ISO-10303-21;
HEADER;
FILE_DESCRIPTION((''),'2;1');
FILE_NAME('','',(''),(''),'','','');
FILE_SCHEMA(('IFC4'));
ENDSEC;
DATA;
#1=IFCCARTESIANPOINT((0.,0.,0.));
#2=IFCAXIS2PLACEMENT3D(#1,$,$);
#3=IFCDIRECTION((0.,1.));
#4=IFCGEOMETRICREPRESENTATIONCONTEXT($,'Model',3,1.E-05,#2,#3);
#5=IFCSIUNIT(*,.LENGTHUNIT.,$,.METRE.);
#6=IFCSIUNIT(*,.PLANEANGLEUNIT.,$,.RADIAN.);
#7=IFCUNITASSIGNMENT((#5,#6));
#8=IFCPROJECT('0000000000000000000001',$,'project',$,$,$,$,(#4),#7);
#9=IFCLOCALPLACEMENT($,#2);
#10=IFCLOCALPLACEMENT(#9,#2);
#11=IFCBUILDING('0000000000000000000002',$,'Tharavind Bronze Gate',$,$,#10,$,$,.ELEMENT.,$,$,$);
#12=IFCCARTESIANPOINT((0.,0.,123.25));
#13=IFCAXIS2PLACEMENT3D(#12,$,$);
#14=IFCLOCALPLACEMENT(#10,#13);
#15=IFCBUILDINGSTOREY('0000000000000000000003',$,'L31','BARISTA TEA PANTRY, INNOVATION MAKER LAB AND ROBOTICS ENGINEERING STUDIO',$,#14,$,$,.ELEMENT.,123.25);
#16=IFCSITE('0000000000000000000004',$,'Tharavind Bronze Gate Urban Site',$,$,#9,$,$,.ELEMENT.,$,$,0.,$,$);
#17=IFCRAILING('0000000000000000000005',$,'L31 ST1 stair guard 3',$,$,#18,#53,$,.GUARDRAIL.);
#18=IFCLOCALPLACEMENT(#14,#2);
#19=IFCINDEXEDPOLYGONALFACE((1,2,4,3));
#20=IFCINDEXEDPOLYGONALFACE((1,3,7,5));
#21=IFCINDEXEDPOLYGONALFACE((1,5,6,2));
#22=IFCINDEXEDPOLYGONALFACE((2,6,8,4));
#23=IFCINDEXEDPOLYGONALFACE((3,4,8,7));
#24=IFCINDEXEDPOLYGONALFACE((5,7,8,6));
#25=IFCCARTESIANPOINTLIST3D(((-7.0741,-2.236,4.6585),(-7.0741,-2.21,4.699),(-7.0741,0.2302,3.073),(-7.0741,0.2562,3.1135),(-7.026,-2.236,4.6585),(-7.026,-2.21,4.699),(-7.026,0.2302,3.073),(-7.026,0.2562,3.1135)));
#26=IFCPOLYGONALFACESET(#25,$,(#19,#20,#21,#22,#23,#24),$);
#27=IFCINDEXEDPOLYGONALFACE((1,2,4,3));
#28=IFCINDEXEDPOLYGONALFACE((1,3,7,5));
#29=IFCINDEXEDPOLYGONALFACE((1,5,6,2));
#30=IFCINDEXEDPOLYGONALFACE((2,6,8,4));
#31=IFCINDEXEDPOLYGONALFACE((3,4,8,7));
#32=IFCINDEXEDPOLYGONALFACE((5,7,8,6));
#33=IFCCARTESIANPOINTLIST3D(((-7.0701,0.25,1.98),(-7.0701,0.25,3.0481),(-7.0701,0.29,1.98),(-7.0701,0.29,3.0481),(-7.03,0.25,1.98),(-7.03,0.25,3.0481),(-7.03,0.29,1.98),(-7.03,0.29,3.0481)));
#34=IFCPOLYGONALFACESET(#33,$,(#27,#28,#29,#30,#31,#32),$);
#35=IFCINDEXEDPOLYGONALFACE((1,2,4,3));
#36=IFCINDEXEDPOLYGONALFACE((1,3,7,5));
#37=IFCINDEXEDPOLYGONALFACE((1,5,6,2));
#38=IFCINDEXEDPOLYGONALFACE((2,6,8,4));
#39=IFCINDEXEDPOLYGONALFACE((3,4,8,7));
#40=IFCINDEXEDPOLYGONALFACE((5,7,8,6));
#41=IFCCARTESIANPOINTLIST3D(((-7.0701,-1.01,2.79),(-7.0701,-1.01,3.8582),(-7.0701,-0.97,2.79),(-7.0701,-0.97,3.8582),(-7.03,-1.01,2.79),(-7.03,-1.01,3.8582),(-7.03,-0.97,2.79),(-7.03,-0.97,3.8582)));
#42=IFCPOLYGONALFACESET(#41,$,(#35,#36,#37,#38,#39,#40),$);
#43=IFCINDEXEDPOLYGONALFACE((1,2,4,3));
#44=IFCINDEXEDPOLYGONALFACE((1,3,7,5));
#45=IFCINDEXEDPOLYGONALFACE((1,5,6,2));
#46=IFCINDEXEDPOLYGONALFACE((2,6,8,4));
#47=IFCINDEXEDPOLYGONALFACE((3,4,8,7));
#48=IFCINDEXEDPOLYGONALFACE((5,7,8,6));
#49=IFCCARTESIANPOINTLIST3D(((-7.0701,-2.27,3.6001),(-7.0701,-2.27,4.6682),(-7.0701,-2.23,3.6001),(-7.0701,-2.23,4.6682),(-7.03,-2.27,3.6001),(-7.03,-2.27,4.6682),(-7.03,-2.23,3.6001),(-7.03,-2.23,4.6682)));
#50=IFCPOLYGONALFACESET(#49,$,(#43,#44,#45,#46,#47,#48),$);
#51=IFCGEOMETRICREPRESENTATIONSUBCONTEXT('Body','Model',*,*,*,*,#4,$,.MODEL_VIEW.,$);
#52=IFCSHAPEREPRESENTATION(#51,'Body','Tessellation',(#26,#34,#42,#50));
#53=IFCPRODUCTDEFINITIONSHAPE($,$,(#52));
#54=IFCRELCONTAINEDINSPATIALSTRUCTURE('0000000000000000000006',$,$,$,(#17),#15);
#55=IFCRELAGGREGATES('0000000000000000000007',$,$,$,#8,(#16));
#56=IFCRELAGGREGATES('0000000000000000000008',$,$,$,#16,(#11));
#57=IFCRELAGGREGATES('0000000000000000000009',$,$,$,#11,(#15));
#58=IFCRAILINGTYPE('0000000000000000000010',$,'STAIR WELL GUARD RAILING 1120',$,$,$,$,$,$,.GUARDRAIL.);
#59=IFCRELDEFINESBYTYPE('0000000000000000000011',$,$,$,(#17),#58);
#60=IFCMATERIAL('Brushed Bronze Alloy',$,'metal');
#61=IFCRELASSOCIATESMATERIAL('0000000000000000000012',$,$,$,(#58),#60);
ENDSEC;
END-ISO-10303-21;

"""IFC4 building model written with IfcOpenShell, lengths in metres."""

from ifc_helpers import new_model, si_unit, direction, frame, origin, origin_2d, place, context, subcontext, project, spatial, rectangle, extrude, material, type_object, element, save


model = new_model("IFC4")

# Units and contexts
model_context = context("Model", 3, precision=1e-05, world=origin(), true_north=direction((0.0, 1.0)))
body_context = subcontext(model_context, "Body", "Model", "MODEL_VIEW")
ifc_project = project(units=[si_unit("LENGTHUNIT", "METRE"), si_unit("PLANEANGLEUNIT", "RADIAN")], contexts=[model_context])

# Site, building, storey
site_placement = place(None, origin())
site = spatial("IfcSite", under=ifc_project, at=site_placement, Name="Tharavind Bronze Gate Urban Site", CompositionType="ELEMENT", RefElevation=0.0)
building_placement = place(site_placement, origin())
building = spatial("IfcBuilding", under=site, at=building_placement, Name="Tharavind Bronze Gate", CompositionType="ELEMENT")
storey_placement = place(building_placement, frame((0.0, 0.0, 123.25)))
storey = spatial("IfcBuildingStorey", under=building, at=storey_placement, Name="L31", Description="BARISTA TEA PANTRY, INNOVATION MAKER LAB AND ROBOTICS ENGINEERING STUDIO", CompositionType="ELEMENT", Elevation=123.25)

# Railing
ifc_material_1 = material(Name="Brushed Bronze Alloy", Category="metal")
railing_type_1 = type_object("IfcRailingType", Name="STAIR WELL GUARD RAILING 1120", PredefinedType="GUARDRAIL", material=ifc_material_1)
railing_1_placement = place(storey_placement, frame((-7.05, 0.27, 1.98)))
element("IfcRailing", 1, at=railing_1_placement, inside=storey, type_object=railing_type_1, Name="L31 ST1 stair guard 3", PredefinedType="GUARDRAIL", context=body_context, shape_type="SweptSolid", body=[
    extrude(rectangle(XDim=0.0481, YDim=0.0481, at=origin_2d()), frame((0.0, -0.0269, 1.1133), z_axis=(0.0, -0.841163, 0.540782), x_axis=(1.0, 0.0, 0.0)), (0.0, 0.0, 1.0), 2.9319),
    extrude(rectangle(XDim=0.04, YDim=0.04, at=origin_2d()), origin(), (0.0, 0.0, 1.0), 1.0681),
    extrude(rectangle(XDim=0.04, YDim=0.04, at=origin_2d()), frame((0.0, -1.26, 0.8101)), (0.0, 0.0, 1.0), 1.0681),
    extrude(rectangle(XDim=0.04, YDim=0.04, at=origin_2d()), frame((0.0, -2.52, 1.6201)), (0.0, 0.0, 1.0), 1.0681),
])

save(model, "model.ifc")
